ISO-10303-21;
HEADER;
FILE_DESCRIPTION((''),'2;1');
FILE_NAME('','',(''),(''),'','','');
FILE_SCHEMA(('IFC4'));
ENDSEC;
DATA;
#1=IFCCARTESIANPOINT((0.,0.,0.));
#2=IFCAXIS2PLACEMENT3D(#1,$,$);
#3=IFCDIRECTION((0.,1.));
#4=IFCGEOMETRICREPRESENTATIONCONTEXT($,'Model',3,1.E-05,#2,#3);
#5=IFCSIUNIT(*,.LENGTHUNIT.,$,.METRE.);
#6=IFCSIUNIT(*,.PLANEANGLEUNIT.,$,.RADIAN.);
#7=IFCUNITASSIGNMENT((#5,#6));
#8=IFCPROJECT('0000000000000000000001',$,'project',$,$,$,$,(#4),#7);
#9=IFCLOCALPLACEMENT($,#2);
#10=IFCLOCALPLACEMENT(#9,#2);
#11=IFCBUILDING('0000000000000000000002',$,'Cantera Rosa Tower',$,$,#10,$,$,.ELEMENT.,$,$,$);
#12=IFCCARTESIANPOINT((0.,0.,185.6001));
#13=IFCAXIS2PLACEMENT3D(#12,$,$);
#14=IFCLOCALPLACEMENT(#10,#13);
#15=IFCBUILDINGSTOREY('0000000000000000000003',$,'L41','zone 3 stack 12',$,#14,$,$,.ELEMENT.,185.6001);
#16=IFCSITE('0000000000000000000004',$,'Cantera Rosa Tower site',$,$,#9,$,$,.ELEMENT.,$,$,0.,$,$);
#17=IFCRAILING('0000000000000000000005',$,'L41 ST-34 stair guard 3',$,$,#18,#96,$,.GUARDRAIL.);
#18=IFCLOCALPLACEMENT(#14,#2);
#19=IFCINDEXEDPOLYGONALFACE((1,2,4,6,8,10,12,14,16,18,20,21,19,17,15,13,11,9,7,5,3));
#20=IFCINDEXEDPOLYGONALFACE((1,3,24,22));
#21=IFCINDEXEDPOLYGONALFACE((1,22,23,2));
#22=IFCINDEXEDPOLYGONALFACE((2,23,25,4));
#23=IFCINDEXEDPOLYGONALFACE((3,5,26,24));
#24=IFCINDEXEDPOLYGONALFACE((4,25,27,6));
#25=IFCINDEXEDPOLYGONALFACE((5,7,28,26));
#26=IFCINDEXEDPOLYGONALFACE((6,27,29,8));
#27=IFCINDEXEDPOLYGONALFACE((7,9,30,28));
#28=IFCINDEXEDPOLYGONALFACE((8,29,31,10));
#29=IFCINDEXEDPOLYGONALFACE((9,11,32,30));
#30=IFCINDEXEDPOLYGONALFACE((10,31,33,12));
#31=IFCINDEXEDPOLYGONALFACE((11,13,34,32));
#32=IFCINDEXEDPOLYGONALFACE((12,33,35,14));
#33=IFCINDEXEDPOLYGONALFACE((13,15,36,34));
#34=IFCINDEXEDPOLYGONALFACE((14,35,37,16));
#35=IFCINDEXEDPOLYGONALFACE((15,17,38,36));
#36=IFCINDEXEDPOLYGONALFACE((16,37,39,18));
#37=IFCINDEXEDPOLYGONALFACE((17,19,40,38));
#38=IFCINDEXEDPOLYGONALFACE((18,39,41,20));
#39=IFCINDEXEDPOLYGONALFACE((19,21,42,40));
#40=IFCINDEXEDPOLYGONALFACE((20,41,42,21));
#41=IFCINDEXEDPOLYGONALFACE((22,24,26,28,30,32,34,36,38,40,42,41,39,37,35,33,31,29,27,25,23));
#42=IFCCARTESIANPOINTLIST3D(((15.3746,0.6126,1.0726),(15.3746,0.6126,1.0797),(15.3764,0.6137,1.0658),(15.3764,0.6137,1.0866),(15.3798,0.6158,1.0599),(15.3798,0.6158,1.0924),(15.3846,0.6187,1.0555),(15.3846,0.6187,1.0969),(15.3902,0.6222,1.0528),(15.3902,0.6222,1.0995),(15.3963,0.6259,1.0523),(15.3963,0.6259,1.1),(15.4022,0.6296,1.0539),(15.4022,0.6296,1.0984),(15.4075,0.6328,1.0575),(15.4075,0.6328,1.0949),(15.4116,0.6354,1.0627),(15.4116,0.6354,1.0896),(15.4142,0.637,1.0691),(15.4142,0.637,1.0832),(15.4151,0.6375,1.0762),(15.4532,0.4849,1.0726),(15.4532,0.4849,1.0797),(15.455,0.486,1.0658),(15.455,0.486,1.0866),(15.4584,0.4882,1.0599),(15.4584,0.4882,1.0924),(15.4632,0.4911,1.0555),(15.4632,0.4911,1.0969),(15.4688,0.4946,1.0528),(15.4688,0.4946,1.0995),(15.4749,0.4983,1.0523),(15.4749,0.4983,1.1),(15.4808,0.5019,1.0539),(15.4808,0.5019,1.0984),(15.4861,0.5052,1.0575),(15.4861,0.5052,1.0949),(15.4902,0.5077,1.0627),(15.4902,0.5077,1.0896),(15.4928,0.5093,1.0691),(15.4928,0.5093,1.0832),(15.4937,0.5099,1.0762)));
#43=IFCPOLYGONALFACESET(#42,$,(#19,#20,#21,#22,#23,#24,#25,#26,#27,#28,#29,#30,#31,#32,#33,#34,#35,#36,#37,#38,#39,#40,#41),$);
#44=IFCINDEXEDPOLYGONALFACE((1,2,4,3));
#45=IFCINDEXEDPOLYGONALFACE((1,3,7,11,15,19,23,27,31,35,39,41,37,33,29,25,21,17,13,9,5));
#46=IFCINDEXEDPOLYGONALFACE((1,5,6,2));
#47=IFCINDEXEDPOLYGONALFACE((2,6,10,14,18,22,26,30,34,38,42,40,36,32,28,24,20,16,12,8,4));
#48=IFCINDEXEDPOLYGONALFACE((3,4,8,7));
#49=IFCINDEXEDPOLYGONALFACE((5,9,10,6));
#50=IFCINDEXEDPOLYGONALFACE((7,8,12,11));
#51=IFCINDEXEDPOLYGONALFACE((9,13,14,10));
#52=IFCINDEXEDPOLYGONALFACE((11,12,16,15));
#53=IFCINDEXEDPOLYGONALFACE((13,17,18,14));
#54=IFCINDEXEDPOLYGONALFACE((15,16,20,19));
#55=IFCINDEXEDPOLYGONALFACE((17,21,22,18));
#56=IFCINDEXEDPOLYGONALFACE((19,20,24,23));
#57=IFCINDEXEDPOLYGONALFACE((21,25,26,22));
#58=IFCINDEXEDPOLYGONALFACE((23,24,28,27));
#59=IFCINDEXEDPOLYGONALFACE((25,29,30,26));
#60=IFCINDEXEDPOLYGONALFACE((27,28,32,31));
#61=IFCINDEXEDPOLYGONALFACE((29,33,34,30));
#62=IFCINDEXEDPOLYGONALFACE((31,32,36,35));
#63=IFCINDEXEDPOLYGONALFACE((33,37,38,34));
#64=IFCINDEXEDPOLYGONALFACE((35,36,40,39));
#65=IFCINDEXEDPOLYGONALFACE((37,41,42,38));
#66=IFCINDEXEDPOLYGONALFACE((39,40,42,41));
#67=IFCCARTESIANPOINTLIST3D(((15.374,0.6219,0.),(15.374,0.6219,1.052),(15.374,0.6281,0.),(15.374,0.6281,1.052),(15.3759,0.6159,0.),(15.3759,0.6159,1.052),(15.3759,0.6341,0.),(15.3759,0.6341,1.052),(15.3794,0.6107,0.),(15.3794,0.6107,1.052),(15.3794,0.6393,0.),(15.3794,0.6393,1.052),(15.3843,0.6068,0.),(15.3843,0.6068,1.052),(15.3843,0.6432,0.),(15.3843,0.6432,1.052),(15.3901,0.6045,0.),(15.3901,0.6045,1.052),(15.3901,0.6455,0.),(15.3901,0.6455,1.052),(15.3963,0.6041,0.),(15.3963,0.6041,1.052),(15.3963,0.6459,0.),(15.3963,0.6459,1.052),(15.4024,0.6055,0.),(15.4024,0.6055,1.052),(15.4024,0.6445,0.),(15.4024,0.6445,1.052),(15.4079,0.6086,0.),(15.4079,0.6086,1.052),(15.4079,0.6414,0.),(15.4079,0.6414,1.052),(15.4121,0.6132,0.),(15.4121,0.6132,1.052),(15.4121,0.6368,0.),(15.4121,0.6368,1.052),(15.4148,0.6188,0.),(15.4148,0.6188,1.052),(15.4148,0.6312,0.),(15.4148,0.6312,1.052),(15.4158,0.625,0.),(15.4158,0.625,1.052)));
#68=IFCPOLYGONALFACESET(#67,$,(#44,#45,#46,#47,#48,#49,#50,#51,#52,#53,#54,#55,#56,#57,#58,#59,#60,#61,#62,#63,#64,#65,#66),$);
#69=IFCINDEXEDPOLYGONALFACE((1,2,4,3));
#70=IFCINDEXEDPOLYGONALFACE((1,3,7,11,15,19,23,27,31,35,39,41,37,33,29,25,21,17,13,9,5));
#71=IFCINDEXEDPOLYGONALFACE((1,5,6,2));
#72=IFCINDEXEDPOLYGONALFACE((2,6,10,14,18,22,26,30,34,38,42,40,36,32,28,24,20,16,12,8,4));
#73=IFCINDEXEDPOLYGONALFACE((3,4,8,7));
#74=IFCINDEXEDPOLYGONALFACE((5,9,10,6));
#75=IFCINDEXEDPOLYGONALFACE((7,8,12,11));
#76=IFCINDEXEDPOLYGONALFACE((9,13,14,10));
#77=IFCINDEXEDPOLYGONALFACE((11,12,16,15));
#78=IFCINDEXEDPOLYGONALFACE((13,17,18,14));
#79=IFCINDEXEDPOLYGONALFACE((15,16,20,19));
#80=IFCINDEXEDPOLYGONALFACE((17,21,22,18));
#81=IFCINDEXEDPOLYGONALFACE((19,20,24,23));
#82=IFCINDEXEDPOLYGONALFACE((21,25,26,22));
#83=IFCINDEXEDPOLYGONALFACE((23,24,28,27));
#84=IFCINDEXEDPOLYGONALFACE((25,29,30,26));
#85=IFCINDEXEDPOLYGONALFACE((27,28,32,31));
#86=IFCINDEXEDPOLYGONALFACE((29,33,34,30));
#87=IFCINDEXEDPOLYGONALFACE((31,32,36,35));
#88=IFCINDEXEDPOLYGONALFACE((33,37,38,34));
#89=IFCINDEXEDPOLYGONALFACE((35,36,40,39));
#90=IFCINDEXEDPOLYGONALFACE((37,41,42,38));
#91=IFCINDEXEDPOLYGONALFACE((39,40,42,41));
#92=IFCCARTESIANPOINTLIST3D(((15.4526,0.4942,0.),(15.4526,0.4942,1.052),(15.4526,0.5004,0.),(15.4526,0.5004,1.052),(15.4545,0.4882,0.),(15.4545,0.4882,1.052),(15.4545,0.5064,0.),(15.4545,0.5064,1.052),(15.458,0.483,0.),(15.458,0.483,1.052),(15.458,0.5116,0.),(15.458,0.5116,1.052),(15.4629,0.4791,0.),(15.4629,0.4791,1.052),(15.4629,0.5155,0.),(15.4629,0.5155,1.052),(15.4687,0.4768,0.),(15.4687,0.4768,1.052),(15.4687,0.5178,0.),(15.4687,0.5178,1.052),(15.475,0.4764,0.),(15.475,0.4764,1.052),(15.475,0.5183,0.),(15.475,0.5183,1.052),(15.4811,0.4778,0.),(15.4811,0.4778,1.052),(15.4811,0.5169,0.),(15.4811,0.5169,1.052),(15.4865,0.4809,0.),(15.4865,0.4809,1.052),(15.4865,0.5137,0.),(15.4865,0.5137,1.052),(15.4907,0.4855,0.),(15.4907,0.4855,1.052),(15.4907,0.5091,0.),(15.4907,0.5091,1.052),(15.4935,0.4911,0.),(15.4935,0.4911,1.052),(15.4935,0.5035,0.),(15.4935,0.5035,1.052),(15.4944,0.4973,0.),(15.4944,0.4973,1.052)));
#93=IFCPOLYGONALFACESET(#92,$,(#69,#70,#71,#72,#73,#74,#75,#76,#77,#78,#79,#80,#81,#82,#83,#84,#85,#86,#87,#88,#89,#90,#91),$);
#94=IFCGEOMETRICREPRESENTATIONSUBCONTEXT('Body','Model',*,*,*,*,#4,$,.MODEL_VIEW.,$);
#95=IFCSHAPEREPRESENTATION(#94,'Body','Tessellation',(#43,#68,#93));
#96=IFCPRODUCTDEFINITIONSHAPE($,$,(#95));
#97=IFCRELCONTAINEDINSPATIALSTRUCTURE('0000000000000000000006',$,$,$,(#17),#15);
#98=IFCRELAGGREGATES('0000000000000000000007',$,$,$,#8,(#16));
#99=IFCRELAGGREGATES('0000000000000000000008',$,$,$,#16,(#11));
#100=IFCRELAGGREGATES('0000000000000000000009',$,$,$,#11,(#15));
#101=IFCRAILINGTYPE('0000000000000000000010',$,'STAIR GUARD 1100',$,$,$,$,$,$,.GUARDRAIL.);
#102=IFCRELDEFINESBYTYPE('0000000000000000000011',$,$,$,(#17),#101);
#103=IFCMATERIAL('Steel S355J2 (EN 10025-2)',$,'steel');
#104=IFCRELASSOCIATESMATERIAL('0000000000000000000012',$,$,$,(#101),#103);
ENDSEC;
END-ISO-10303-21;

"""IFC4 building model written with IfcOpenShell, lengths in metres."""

from ifc_helpers import new_model, si_unit, direction, frame, origin, origin_2d, place, context, subcontext, project, spatial, circle, extrude, material, type_object, element, save


model = new_model("IFC4")

# Units and contexts
model_context = context("Model", 3, precision=1e-05, world=origin(), true_north=direction((0.0, 1.0)))
body_context = subcontext(model_context, "Body", "Model", "MODEL_VIEW")
ifc_project = project(units=[si_unit("LENGTHUNIT", "METRE"), si_unit("PLANEANGLEUNIT", "RADIAN")], contexts=[model_context])

# Site, building, storey
site_placement = place(None, origin())
site = spatial("IfcSite", under=ifc_project, at=site_placement, Name="Cantera Rosa Tower site", CompositionType="ELEMENT", RefElevation=0.0)
building_placement = place(site_placement, origin())
building = spatial("IfcBuilding", under=site, at=building_placement, Name="Cantera Rosa Tower", CompositionType="ELEMENT")
storey_placement = place(building_placement, frame((0.0, 0.0, 185.6001)))
storey = spatial("IfcBuildingStorey", under=building, at=storey_placement, Name="L41", Description="zone 3 stack 12", CompositionType="ELEMENT", Elevation=185.6001)

# Railing
ifc_material_1 = material(Name="Steel S355J2 (EN 10025-2)", Category="steel")
railing_type_1 = type_object("IfcRailingType", Name="STAIR GUARD 1100", PredefinedType="GUARDRAIL", material=ifc_material_1)
railing_1_placement = place(storey_placement, frame((15.3948, 0.625, 0.0)))
element("IfcRailing", 1, at=railing_1_placement, inside=storey, type_object=railing_type_1, Name="L41 ST-34 stair guard 3", PredefinedType="GUARDRAIL", context=body_context, shape_type="SweptSolid", body=[
    extrude(circle(Radius=0.0239, at=origin_2d()), frame((0.0, 0.0, 1.0762), z_axis=(0.524279, -0.851546, 0.0), x_axis=(0.851546, 0.524279, 0.0)), (0.0, 0.0, 1.0), 0.1499),
    extrude(circle(Radius=0.021, at=origin_2d()), origin(), (0.0, 0.0, 1.0), 1.052),
    extrude(circle(Radius=0.021, at=origin_2d()), frame((0.0786, -0.1277, 0.0)), (0.0, 0.0, 1.0), 1.052),
])

save(model, "model.ifc")
